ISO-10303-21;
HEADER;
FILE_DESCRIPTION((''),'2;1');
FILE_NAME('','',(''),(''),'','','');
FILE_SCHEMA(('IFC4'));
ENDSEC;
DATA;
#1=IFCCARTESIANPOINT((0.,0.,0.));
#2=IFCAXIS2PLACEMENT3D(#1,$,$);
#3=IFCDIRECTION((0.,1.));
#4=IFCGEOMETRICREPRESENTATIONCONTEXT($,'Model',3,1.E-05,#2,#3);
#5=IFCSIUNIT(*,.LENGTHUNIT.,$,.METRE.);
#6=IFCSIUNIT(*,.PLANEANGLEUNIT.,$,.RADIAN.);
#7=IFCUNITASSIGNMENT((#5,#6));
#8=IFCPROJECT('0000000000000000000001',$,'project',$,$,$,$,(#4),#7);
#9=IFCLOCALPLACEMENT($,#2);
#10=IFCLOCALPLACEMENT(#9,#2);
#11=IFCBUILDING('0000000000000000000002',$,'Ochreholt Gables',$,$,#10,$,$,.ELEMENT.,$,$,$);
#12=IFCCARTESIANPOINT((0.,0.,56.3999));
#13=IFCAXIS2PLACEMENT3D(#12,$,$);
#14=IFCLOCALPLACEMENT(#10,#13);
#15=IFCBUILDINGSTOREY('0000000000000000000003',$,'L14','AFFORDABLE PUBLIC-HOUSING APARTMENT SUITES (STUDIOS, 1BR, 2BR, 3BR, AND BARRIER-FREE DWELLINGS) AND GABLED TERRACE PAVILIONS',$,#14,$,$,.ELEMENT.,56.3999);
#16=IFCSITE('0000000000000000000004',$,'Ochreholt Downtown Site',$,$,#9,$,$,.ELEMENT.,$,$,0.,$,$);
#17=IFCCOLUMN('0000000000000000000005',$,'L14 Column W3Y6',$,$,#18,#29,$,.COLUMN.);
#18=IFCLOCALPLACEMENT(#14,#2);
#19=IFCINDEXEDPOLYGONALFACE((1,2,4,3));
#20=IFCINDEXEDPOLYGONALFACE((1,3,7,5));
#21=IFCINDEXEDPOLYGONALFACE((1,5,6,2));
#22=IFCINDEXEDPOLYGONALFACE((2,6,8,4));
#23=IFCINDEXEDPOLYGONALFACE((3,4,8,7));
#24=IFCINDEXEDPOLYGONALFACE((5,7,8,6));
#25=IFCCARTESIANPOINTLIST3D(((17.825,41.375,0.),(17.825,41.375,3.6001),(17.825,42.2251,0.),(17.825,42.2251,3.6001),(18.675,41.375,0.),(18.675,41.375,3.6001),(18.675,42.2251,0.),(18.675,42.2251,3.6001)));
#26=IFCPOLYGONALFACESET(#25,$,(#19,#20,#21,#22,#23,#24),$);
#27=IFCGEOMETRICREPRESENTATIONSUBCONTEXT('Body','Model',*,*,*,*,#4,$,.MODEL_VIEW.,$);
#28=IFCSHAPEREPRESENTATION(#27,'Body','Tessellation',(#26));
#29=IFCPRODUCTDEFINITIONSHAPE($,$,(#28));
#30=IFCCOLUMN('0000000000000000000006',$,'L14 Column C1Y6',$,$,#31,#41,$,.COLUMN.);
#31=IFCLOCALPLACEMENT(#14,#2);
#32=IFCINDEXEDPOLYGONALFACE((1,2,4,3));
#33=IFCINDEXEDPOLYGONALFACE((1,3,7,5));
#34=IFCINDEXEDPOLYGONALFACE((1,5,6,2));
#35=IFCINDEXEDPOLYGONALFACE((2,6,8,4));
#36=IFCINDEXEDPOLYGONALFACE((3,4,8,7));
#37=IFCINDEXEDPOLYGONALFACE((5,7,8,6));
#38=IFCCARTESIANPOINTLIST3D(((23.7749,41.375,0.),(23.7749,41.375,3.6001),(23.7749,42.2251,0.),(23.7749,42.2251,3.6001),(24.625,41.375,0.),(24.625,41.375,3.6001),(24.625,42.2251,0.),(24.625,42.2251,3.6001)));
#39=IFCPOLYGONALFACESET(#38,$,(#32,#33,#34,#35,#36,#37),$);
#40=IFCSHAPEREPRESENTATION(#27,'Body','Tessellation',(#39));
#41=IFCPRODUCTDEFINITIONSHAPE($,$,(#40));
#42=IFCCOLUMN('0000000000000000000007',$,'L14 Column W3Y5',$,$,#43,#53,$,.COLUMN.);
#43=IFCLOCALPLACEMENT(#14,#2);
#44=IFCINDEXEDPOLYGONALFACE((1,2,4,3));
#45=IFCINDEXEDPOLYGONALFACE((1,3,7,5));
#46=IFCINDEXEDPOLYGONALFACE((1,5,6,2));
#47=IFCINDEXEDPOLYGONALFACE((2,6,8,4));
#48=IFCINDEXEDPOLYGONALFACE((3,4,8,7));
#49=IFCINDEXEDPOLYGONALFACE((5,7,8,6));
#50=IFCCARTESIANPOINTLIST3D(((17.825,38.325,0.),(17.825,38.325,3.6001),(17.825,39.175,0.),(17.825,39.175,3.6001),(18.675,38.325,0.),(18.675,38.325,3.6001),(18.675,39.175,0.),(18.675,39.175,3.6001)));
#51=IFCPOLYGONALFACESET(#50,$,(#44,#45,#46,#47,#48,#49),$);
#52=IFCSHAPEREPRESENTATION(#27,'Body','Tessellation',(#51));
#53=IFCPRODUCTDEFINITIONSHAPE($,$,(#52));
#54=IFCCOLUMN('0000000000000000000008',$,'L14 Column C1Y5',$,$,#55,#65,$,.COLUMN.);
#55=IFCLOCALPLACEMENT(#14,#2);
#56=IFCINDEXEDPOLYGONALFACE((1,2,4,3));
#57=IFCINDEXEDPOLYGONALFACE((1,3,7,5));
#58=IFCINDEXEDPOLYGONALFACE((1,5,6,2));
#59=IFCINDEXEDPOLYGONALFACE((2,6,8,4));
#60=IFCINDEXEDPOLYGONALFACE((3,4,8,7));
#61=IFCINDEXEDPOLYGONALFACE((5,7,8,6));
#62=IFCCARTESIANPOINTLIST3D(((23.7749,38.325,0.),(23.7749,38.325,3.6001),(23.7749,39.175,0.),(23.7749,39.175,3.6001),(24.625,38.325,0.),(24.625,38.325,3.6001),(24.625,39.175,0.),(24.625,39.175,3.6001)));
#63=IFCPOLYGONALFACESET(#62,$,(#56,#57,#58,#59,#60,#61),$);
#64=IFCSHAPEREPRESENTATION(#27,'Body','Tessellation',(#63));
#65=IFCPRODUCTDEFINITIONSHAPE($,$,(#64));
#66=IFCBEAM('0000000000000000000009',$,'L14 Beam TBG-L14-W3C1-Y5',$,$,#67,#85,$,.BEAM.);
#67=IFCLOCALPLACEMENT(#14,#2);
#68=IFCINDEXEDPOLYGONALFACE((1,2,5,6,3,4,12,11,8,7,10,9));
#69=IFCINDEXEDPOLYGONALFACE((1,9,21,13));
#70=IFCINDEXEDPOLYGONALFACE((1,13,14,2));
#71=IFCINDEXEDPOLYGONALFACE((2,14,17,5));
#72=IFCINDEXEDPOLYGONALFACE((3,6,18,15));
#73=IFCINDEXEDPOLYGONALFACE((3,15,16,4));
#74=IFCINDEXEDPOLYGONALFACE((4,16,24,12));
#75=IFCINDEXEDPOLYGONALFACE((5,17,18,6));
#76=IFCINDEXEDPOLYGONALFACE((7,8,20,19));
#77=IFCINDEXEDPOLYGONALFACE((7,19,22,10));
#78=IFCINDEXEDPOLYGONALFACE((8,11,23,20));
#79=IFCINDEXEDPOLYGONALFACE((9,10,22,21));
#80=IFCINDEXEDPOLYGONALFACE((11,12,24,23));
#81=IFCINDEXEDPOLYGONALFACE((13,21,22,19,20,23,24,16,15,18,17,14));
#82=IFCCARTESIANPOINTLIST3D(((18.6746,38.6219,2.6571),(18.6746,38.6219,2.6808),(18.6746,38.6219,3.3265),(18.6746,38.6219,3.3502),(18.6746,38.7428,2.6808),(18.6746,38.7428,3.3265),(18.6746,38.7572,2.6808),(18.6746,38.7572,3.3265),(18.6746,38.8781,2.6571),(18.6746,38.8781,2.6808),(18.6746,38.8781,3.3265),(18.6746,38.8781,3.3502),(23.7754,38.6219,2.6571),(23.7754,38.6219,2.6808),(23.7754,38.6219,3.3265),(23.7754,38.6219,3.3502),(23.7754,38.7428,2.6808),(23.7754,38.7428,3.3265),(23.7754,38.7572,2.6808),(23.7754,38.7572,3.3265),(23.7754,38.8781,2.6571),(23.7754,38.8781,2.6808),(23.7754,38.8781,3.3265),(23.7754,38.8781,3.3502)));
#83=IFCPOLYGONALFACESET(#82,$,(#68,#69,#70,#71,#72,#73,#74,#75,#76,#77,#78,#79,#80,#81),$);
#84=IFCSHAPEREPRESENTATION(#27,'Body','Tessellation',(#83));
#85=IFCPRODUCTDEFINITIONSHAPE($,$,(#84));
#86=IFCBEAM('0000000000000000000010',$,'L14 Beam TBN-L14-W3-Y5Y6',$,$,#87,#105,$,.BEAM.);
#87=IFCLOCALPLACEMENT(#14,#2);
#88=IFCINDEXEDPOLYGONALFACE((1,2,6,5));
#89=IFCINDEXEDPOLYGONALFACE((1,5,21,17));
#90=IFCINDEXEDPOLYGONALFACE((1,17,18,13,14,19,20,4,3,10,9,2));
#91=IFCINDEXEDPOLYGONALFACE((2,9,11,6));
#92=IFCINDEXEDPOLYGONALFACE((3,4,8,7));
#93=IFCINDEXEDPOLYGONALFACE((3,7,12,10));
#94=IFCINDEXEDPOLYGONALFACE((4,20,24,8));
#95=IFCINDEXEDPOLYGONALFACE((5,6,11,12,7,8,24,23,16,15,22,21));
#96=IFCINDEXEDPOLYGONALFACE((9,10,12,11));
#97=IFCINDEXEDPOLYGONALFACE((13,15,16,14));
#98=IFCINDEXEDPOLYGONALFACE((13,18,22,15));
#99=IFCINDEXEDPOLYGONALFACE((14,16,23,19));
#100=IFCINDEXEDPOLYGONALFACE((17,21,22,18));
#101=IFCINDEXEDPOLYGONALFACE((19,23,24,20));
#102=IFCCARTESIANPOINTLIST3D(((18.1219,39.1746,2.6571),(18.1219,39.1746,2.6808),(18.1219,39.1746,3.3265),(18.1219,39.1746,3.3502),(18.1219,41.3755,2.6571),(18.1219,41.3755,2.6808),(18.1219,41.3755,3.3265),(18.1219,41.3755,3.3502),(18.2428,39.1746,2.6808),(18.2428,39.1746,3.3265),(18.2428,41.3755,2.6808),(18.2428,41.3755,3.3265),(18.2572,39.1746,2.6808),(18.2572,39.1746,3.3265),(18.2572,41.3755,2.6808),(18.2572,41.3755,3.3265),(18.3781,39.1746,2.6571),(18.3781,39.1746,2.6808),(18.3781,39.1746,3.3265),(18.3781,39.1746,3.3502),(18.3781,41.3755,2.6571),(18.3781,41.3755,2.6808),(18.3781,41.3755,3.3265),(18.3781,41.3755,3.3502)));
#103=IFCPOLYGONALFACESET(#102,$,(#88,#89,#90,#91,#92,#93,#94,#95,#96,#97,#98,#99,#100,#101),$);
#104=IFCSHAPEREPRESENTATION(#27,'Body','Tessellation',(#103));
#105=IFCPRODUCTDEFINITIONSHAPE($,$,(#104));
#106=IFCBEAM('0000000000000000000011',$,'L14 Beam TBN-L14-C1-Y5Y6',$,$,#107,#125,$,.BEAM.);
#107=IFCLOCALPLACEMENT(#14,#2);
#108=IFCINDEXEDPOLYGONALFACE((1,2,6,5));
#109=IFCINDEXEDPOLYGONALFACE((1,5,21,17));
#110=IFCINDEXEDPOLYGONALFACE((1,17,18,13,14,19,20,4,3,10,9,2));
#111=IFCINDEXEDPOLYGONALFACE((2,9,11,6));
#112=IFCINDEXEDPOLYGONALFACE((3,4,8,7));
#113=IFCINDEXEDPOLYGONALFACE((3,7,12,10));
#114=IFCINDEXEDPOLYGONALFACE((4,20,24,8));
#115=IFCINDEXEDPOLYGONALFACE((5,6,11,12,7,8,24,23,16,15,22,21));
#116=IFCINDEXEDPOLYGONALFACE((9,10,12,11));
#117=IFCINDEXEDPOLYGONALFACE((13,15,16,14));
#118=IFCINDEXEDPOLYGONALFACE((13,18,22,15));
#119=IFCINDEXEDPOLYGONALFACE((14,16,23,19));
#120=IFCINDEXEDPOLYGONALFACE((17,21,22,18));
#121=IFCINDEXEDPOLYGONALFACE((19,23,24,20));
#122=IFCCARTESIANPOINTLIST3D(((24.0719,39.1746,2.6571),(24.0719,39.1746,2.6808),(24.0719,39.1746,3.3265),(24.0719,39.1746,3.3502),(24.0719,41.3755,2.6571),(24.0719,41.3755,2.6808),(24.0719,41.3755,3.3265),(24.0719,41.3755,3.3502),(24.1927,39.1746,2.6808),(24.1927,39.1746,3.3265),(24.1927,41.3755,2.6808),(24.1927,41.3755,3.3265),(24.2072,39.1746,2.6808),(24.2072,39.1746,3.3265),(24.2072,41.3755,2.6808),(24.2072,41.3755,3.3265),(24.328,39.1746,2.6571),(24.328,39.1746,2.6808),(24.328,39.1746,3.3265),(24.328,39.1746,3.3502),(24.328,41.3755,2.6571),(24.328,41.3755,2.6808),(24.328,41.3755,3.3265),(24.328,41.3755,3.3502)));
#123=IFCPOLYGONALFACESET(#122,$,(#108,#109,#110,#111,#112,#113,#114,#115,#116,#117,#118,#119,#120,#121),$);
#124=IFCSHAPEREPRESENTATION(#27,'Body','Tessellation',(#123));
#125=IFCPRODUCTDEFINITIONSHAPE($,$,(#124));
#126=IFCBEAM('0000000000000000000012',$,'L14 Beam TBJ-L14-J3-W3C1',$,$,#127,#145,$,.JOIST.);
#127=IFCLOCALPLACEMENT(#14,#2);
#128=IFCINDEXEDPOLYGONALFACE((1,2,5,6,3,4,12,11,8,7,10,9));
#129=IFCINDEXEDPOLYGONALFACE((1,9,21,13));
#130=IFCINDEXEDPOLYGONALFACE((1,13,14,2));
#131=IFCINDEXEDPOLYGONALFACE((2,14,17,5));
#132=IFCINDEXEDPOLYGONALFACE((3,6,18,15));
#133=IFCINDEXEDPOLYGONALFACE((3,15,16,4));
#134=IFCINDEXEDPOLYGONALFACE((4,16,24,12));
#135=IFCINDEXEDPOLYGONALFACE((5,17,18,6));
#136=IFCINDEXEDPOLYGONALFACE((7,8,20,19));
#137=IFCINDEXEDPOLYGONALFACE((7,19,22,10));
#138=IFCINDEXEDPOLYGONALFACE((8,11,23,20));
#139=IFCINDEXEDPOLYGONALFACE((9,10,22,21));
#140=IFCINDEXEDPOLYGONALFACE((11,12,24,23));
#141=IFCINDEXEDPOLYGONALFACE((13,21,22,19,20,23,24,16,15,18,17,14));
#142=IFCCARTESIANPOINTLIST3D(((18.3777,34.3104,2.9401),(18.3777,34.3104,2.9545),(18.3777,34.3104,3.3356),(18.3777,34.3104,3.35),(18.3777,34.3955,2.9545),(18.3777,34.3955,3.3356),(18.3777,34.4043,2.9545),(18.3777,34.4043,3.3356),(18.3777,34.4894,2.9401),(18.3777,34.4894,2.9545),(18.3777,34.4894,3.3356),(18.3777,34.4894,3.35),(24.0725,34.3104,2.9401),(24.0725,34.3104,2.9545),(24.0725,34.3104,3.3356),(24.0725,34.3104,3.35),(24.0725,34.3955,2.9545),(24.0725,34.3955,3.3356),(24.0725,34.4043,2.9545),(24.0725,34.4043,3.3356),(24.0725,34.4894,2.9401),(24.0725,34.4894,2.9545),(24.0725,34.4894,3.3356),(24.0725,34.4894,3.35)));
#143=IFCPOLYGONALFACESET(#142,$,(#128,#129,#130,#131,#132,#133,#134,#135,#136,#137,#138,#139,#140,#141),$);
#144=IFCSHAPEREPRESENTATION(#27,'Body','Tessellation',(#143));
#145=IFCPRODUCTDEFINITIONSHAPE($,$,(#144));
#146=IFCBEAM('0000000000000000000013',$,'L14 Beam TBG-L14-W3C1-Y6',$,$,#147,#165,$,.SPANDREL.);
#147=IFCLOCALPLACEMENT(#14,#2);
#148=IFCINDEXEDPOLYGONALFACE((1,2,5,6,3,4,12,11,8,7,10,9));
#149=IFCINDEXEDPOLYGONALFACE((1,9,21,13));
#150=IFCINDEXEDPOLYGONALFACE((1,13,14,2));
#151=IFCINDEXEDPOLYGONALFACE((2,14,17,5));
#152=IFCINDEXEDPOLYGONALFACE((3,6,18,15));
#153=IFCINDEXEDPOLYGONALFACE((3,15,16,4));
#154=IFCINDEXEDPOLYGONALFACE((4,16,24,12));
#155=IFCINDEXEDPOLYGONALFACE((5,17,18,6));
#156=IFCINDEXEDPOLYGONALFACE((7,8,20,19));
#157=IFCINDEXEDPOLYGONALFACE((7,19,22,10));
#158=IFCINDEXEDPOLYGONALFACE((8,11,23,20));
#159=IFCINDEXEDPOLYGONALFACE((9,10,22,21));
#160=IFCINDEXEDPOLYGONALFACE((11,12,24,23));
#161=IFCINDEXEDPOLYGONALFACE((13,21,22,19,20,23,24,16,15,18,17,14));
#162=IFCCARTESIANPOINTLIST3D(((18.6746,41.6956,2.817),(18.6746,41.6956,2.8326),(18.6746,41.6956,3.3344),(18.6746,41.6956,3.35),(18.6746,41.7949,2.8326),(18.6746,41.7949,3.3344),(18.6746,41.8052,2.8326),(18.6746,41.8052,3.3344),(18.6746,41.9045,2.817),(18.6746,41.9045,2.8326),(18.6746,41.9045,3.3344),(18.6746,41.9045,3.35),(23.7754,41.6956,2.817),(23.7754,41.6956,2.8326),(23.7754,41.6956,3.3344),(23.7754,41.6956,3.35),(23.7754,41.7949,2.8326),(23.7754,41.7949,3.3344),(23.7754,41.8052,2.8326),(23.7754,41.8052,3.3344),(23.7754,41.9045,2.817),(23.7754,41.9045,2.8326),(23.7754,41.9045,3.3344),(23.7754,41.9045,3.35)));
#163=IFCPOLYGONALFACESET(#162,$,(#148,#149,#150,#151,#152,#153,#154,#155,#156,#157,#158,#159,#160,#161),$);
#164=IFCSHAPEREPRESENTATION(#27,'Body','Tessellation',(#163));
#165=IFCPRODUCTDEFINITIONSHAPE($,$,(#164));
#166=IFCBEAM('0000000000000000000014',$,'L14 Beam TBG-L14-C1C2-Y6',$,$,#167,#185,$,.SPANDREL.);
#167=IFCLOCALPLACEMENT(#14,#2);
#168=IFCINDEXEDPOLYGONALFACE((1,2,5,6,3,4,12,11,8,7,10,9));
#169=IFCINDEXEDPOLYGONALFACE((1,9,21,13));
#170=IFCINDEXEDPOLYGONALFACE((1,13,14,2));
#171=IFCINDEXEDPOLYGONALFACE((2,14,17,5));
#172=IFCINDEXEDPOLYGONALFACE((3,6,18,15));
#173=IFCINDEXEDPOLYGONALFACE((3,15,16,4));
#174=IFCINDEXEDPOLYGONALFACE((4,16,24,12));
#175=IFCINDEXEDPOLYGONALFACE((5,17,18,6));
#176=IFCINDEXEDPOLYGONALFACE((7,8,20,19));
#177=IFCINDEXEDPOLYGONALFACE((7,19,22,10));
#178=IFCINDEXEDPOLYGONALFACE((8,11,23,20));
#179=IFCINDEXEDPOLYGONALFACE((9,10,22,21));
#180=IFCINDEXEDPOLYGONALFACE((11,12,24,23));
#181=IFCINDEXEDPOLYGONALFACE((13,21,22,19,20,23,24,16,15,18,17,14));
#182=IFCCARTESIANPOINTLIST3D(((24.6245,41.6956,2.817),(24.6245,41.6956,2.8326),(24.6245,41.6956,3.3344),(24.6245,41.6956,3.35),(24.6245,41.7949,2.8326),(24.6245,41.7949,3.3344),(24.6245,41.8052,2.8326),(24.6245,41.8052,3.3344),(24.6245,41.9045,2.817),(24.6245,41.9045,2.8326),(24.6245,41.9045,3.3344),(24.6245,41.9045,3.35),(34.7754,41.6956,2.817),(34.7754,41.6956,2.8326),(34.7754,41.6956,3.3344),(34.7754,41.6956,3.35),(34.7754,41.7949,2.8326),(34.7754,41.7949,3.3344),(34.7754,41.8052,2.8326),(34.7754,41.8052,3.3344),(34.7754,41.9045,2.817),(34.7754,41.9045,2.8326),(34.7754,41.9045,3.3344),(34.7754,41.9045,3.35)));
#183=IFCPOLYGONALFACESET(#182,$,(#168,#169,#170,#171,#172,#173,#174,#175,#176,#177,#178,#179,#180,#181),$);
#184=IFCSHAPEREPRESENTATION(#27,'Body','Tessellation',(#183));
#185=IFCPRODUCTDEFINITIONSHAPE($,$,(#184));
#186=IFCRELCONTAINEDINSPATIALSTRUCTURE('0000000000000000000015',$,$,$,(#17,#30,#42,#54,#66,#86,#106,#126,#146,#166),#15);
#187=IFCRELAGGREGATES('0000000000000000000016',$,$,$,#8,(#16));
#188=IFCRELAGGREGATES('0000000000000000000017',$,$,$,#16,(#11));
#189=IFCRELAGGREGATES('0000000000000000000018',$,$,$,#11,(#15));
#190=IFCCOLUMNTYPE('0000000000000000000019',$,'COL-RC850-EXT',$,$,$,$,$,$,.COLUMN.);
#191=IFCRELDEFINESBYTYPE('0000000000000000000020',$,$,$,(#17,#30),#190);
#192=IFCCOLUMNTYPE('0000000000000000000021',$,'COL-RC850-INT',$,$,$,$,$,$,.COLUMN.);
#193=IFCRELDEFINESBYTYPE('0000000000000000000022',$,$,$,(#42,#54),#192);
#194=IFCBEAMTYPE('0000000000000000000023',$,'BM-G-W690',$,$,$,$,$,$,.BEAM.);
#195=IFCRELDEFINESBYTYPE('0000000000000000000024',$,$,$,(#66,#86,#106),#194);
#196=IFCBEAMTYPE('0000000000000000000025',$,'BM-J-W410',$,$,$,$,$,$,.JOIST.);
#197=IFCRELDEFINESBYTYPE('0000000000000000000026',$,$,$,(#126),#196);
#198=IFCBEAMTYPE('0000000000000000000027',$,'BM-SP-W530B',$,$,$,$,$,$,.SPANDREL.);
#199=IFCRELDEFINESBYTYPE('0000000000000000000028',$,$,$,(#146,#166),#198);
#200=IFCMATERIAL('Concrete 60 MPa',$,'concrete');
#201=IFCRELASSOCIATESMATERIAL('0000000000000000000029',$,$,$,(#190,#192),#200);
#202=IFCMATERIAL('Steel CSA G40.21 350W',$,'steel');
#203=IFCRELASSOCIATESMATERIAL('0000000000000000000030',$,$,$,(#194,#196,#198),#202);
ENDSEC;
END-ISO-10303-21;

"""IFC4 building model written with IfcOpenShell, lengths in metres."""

from ifc_helpers import new_model, si_unit, direction, frame, origin, origin_2d, place, context, subcontext, project, spatial, rectangle, i_section, extrude, material, material_profile, profile_set, type_object, element, save


model = new_model("IFC4")

# Units and contexts
model_context = context("Model", 3, precision=1e-05, world=origin(), true_north=direction((0.0, 1.0)))
body_context = subcontext(model_context, "Body", "Model", "MODEL_VIEW")
ifc_project = project(units=[si_unit("LENGTHUNIT", "METRE"), si_unit("PLANEANGLEUNIT", "RADIAN")], contexts=[model_context])

# Site, building, storey
site_placement = place(None, origin())
site = spatial("IfcSite", under=ifc_project, at=site_placement, Name="Ochreholt Downtown Site", CompositionType="ELEMENT", RefElevation=0.0)
building_placement = place(site_placement, origin())
building = spatial("IfcBuilding", under=site, at=building_placement, Name="Ochreholt Gables", CompositionType="ELEMENT")
storey_placement = place(building_placement, frame((0.0, 0.0, 56.3999)))
storey = spatial("IfcBuildingStorey", under=building, at=storey_placement, Name="L14", Description="AFFORDABLE PUBLIC-HOUSING APARTMENT SUITES (STUDIOS, 1BR, 2BR, 3BR, AND BARRIER-FREE DWELLINGS) AND GABLED TERRACE PAVILIONS", CompositionType="ELEMENT", Elevation=56.3999)

# Columns
ifc_material_1 = material(Name="Concrete 60 MPa", Category="concrete")
ifc_material_profile_1 = material_profile(ifc_material_1, rectangle(XDim=0.8501, YDim=0.8501, at=origin_2d()), Name="RC850X850")
ifc_profile_set_1 = profile_set([ifc_material_profile_1], Name="Concrete 60 MPa")
column_type_1 = type_object("IfcColumnType", Name="COL-RC850-EXT", PredefinedType="COLUMN", material=ifc_profile_set_1)
for number, where, z_axis, x_axis, name in (
    (1, (18.25, 41.8, 0.0), (0.0, 0.0, 1.0), (1.0, 0.0, 0.0), "L14 Column W3Y6"),
    (2, (24.2, 41.8, 0.0), (0.0, 0.0, 1.0), (1.0, 0.0, 0.0), "L14 Column C1Y6"),
):
    element("IfcColumn", number, at=place(storey_placement, frame(where, z_axis=z_axis, x_axis=x_axis)), inside=storey, type_object=column_type_1, Name=name, PredefinedType="COLUMN", context=body_context, shape_type="SweptSolid", body=[
        extrude(rectangle(XDim=0.8501, YDim=0.8501, at=origin_2d()), origin(), (0.0, 0.0, 1.0), 3.6001),
    ])
ifc_material_profile_2 = material_profile(ifc_material_1, rectangle(XDim=0.8501, YDim=0.8501, at=origin_2d()), Name="RC850X850")
ifc_profile_set_2 = profile_set([ifc_material_profile_2], Name="Concrete 60 MPa")
column_type_2 = type_object("IfcColumnType", Name="COL-RC850-INT", PredefinedType="COLUMN", material=ifc_profile_set_2)
for number, where, z_axis, x_axis, name in (
    (3, (18.25, 38.75, 0.0), (0.0, 0.0, 1.0), (1.0, 0.0, 0.0), "L14 Column W3Y5"),
    (4, (24.2, 38.75, 0.0), (0.0, 0.0, 1.0), (1.0, 0.0, 0.0), "L14 Column C1Y5"),
):
    element("IfcColumn", number, at=place(storey_placement, frame(where, z_axis=z_axis, x_axis=x_axis)), inside=storey, type_object=column_type_2, Name=name, PredefinedType="COLUMN", context=body_context, shape_type="SweptSolid", body=[
        extrude(rectangle(XDim=0.8501, YDim=0.8501, at=origin_2d()), origin(), (0.0, 0.0, 1.0), 3.6001),
    ])

# Beams
ifc_material_2 = material(Name="Steel CSA G40.21 350W", Category="steel")
ifc_material_profile_3 = material_profile(ifc_material_2, i_section(OverallWidth=0.2561, OverallDepth=0.6931, WebThickness=0.0144, FlangeThickness=0.0237, at=origin_2d()), Name="W690X170")
ifc_profile_set_3 = profile_set([ifc_material_profile_3], Name="Steel CSA G40.21 350W")
beam_type_1 = type_object("IfcBeamType", Name="BM-G-W690", PredefinedType="BEAM", material=ifc_profile_set_3)
beam_1_placement = place(storey_placement, frame((18.6746, 38.75, 3.0037), z_axis=(1.0, 0.0, 0.0), x_axis=(0.0, 1.0, 0.0)))
element("IfcBeam", 5, at=beam_1_placement, inside=storey, type_object=beam_type_1, Name="L14 Beam TBG-L14-W3C1-Y5", PredefinedType="BEAM", context=body_context, shape_type="SweptSolid", body=[
    extrude(i_section(OverallWidth=0.2561, OverallDepth=0.6931, WebThickness=0.0144, FlangeThickness=0.0237, at=origin_2d()), origin(), (0.0, 0.0, 1.0), 5.1008),
])
for number, where, z_axis, x_axis, name in (
    (6, (18.25, 39.1746, 3.0037), (0.0, 1.0, 0.0), (-1.0, 0.0, 0.0), "L14 Beam TBN-L14-W3-Y5Y6"),
    (7, (24.2, 39.1746, 3.0037), (0.0, 1.0, 0.0), (-1.0, 0.0, 0.0), "L14 Beam TBN-L14-C1-Y5Y6"),
):
    element("IfcBeam", number, at=place(storey_placement, frame(where, z_axis=z_axis, x_axis=x_axis)), inside=storey, type_object=beam_type_1, Name=name, PredefinedType="BEAM", context=body_context, shape_type="SweptSolid", body=[
        extrude(i_section(OverallWidth=0.2561, OverallDepth=0.6931, WebThickness=0.0144, FlangeThickness=0.0237, at=origin_2d()), origin(), (0.0, 0.0, 1.0), 2.2009),
    ])
ifc_material_profile_4 = material_profile(ifc_material_2, i_section(OverallWidth=0.179, OverallDepth=0.4099, WebThickness=0.0088, FlangeThickness=0.0144, at=origin_2d()), Name="W410X67")
ifc_profile_set_4 = profile_set([ifc_material_profile_4], Name="Steel CSA G40.21 350W")
beam_type_2 = type_object("IfcBeamType", Name="BM-J-W410", PredefinedType="JOIST", material=ifc_profile_set_4)
beam_2_placement = place(storey_placement, frame((18.3777, 34.3999, 3.145), z_axis=(1.0, 0.0, 0.0), x_axis=(0.0, 1.0, 0.0)))
element("IfcBeam", 8, at=beam_2_placement, inside=storey, type_object=beam_type_2, Name="L14 Beam TBJ-L14-J3-W3C1", PredefinedType="JOIST", context=body_context, shape_type="SweptSolid", body=[
    extrude(i_section(OverallWidth=0.179, OverallDepth=0.4099, WebThickness=0.0088, FlangeThickness=0.0144, at=origin_2d()), origin(), (0.0, 0.0, 1.0), 5.6948),
])
ifc_material_profile_5 = material_profile(ifc_material_2, i_section(OverallWidth=0.209, OverallDepth=0.533, WebThickness=0.0103, FlangeThickness=0.0156, at=origin_2d()), Name="W530X92")
ifc_profile_set_5 = profile_set([ifc_material_profile_5], Name="Steel CSA G40.21 350W")
beam_type_3 = type_object("IfcBeamType", Name="BM-SP-W530B", PredefinedType="SPANDREL", material=ifc_profile_set_5)
beam_3_placement = place(storey_placement, frame((18.6746, 41.8, 3.0835), z_axis=(1.0, 0.0, 0.0), x_axis=(0.0, 1.0, 0.0)))
element("IfcBeam", 9, at=beam_3_placement, inside=storey, type_object=beam_type_3, Name="L14 Beam TBG-L14-W3C1-Y6", PredefinedType="SPANDREL", context=body_context, shape_type="SweptSolid", body=[
    extrude(i_section(OverallWidth=0.209, OverallDepth=0.533, WebThickness=0.0103, FlangeThickness=0.0156, at=origin_2d()), origin(), (0.0, 0.0, 1.0), 5.1008),
])
beam_4_placement = place(storey_placement, frame((24.6245, 41.8, 3.0835), z_axis=(1.0, 0.0, 0.0), x_axis=(0.0, 1.0, 0.0)))
element("IfcBeam", 10, at=beam_4_placement, inside=storey, type_object=beam_type_3, Name="L14 Beam TBG-L14-C1C2-Y6", PredefinedType="SPANDREL", context=body_context, shape_type="SweptSolid", body=[
    extrude(i_section(OverallWidth=0.209, OverallDepth=0.533, WebThickness=0.0103, FlangeThickness=0.0156, at=origin_2d()), origin(), (0.0, 0.0, 1.0), 10.1509),
])

save(model, "model.ifc")
